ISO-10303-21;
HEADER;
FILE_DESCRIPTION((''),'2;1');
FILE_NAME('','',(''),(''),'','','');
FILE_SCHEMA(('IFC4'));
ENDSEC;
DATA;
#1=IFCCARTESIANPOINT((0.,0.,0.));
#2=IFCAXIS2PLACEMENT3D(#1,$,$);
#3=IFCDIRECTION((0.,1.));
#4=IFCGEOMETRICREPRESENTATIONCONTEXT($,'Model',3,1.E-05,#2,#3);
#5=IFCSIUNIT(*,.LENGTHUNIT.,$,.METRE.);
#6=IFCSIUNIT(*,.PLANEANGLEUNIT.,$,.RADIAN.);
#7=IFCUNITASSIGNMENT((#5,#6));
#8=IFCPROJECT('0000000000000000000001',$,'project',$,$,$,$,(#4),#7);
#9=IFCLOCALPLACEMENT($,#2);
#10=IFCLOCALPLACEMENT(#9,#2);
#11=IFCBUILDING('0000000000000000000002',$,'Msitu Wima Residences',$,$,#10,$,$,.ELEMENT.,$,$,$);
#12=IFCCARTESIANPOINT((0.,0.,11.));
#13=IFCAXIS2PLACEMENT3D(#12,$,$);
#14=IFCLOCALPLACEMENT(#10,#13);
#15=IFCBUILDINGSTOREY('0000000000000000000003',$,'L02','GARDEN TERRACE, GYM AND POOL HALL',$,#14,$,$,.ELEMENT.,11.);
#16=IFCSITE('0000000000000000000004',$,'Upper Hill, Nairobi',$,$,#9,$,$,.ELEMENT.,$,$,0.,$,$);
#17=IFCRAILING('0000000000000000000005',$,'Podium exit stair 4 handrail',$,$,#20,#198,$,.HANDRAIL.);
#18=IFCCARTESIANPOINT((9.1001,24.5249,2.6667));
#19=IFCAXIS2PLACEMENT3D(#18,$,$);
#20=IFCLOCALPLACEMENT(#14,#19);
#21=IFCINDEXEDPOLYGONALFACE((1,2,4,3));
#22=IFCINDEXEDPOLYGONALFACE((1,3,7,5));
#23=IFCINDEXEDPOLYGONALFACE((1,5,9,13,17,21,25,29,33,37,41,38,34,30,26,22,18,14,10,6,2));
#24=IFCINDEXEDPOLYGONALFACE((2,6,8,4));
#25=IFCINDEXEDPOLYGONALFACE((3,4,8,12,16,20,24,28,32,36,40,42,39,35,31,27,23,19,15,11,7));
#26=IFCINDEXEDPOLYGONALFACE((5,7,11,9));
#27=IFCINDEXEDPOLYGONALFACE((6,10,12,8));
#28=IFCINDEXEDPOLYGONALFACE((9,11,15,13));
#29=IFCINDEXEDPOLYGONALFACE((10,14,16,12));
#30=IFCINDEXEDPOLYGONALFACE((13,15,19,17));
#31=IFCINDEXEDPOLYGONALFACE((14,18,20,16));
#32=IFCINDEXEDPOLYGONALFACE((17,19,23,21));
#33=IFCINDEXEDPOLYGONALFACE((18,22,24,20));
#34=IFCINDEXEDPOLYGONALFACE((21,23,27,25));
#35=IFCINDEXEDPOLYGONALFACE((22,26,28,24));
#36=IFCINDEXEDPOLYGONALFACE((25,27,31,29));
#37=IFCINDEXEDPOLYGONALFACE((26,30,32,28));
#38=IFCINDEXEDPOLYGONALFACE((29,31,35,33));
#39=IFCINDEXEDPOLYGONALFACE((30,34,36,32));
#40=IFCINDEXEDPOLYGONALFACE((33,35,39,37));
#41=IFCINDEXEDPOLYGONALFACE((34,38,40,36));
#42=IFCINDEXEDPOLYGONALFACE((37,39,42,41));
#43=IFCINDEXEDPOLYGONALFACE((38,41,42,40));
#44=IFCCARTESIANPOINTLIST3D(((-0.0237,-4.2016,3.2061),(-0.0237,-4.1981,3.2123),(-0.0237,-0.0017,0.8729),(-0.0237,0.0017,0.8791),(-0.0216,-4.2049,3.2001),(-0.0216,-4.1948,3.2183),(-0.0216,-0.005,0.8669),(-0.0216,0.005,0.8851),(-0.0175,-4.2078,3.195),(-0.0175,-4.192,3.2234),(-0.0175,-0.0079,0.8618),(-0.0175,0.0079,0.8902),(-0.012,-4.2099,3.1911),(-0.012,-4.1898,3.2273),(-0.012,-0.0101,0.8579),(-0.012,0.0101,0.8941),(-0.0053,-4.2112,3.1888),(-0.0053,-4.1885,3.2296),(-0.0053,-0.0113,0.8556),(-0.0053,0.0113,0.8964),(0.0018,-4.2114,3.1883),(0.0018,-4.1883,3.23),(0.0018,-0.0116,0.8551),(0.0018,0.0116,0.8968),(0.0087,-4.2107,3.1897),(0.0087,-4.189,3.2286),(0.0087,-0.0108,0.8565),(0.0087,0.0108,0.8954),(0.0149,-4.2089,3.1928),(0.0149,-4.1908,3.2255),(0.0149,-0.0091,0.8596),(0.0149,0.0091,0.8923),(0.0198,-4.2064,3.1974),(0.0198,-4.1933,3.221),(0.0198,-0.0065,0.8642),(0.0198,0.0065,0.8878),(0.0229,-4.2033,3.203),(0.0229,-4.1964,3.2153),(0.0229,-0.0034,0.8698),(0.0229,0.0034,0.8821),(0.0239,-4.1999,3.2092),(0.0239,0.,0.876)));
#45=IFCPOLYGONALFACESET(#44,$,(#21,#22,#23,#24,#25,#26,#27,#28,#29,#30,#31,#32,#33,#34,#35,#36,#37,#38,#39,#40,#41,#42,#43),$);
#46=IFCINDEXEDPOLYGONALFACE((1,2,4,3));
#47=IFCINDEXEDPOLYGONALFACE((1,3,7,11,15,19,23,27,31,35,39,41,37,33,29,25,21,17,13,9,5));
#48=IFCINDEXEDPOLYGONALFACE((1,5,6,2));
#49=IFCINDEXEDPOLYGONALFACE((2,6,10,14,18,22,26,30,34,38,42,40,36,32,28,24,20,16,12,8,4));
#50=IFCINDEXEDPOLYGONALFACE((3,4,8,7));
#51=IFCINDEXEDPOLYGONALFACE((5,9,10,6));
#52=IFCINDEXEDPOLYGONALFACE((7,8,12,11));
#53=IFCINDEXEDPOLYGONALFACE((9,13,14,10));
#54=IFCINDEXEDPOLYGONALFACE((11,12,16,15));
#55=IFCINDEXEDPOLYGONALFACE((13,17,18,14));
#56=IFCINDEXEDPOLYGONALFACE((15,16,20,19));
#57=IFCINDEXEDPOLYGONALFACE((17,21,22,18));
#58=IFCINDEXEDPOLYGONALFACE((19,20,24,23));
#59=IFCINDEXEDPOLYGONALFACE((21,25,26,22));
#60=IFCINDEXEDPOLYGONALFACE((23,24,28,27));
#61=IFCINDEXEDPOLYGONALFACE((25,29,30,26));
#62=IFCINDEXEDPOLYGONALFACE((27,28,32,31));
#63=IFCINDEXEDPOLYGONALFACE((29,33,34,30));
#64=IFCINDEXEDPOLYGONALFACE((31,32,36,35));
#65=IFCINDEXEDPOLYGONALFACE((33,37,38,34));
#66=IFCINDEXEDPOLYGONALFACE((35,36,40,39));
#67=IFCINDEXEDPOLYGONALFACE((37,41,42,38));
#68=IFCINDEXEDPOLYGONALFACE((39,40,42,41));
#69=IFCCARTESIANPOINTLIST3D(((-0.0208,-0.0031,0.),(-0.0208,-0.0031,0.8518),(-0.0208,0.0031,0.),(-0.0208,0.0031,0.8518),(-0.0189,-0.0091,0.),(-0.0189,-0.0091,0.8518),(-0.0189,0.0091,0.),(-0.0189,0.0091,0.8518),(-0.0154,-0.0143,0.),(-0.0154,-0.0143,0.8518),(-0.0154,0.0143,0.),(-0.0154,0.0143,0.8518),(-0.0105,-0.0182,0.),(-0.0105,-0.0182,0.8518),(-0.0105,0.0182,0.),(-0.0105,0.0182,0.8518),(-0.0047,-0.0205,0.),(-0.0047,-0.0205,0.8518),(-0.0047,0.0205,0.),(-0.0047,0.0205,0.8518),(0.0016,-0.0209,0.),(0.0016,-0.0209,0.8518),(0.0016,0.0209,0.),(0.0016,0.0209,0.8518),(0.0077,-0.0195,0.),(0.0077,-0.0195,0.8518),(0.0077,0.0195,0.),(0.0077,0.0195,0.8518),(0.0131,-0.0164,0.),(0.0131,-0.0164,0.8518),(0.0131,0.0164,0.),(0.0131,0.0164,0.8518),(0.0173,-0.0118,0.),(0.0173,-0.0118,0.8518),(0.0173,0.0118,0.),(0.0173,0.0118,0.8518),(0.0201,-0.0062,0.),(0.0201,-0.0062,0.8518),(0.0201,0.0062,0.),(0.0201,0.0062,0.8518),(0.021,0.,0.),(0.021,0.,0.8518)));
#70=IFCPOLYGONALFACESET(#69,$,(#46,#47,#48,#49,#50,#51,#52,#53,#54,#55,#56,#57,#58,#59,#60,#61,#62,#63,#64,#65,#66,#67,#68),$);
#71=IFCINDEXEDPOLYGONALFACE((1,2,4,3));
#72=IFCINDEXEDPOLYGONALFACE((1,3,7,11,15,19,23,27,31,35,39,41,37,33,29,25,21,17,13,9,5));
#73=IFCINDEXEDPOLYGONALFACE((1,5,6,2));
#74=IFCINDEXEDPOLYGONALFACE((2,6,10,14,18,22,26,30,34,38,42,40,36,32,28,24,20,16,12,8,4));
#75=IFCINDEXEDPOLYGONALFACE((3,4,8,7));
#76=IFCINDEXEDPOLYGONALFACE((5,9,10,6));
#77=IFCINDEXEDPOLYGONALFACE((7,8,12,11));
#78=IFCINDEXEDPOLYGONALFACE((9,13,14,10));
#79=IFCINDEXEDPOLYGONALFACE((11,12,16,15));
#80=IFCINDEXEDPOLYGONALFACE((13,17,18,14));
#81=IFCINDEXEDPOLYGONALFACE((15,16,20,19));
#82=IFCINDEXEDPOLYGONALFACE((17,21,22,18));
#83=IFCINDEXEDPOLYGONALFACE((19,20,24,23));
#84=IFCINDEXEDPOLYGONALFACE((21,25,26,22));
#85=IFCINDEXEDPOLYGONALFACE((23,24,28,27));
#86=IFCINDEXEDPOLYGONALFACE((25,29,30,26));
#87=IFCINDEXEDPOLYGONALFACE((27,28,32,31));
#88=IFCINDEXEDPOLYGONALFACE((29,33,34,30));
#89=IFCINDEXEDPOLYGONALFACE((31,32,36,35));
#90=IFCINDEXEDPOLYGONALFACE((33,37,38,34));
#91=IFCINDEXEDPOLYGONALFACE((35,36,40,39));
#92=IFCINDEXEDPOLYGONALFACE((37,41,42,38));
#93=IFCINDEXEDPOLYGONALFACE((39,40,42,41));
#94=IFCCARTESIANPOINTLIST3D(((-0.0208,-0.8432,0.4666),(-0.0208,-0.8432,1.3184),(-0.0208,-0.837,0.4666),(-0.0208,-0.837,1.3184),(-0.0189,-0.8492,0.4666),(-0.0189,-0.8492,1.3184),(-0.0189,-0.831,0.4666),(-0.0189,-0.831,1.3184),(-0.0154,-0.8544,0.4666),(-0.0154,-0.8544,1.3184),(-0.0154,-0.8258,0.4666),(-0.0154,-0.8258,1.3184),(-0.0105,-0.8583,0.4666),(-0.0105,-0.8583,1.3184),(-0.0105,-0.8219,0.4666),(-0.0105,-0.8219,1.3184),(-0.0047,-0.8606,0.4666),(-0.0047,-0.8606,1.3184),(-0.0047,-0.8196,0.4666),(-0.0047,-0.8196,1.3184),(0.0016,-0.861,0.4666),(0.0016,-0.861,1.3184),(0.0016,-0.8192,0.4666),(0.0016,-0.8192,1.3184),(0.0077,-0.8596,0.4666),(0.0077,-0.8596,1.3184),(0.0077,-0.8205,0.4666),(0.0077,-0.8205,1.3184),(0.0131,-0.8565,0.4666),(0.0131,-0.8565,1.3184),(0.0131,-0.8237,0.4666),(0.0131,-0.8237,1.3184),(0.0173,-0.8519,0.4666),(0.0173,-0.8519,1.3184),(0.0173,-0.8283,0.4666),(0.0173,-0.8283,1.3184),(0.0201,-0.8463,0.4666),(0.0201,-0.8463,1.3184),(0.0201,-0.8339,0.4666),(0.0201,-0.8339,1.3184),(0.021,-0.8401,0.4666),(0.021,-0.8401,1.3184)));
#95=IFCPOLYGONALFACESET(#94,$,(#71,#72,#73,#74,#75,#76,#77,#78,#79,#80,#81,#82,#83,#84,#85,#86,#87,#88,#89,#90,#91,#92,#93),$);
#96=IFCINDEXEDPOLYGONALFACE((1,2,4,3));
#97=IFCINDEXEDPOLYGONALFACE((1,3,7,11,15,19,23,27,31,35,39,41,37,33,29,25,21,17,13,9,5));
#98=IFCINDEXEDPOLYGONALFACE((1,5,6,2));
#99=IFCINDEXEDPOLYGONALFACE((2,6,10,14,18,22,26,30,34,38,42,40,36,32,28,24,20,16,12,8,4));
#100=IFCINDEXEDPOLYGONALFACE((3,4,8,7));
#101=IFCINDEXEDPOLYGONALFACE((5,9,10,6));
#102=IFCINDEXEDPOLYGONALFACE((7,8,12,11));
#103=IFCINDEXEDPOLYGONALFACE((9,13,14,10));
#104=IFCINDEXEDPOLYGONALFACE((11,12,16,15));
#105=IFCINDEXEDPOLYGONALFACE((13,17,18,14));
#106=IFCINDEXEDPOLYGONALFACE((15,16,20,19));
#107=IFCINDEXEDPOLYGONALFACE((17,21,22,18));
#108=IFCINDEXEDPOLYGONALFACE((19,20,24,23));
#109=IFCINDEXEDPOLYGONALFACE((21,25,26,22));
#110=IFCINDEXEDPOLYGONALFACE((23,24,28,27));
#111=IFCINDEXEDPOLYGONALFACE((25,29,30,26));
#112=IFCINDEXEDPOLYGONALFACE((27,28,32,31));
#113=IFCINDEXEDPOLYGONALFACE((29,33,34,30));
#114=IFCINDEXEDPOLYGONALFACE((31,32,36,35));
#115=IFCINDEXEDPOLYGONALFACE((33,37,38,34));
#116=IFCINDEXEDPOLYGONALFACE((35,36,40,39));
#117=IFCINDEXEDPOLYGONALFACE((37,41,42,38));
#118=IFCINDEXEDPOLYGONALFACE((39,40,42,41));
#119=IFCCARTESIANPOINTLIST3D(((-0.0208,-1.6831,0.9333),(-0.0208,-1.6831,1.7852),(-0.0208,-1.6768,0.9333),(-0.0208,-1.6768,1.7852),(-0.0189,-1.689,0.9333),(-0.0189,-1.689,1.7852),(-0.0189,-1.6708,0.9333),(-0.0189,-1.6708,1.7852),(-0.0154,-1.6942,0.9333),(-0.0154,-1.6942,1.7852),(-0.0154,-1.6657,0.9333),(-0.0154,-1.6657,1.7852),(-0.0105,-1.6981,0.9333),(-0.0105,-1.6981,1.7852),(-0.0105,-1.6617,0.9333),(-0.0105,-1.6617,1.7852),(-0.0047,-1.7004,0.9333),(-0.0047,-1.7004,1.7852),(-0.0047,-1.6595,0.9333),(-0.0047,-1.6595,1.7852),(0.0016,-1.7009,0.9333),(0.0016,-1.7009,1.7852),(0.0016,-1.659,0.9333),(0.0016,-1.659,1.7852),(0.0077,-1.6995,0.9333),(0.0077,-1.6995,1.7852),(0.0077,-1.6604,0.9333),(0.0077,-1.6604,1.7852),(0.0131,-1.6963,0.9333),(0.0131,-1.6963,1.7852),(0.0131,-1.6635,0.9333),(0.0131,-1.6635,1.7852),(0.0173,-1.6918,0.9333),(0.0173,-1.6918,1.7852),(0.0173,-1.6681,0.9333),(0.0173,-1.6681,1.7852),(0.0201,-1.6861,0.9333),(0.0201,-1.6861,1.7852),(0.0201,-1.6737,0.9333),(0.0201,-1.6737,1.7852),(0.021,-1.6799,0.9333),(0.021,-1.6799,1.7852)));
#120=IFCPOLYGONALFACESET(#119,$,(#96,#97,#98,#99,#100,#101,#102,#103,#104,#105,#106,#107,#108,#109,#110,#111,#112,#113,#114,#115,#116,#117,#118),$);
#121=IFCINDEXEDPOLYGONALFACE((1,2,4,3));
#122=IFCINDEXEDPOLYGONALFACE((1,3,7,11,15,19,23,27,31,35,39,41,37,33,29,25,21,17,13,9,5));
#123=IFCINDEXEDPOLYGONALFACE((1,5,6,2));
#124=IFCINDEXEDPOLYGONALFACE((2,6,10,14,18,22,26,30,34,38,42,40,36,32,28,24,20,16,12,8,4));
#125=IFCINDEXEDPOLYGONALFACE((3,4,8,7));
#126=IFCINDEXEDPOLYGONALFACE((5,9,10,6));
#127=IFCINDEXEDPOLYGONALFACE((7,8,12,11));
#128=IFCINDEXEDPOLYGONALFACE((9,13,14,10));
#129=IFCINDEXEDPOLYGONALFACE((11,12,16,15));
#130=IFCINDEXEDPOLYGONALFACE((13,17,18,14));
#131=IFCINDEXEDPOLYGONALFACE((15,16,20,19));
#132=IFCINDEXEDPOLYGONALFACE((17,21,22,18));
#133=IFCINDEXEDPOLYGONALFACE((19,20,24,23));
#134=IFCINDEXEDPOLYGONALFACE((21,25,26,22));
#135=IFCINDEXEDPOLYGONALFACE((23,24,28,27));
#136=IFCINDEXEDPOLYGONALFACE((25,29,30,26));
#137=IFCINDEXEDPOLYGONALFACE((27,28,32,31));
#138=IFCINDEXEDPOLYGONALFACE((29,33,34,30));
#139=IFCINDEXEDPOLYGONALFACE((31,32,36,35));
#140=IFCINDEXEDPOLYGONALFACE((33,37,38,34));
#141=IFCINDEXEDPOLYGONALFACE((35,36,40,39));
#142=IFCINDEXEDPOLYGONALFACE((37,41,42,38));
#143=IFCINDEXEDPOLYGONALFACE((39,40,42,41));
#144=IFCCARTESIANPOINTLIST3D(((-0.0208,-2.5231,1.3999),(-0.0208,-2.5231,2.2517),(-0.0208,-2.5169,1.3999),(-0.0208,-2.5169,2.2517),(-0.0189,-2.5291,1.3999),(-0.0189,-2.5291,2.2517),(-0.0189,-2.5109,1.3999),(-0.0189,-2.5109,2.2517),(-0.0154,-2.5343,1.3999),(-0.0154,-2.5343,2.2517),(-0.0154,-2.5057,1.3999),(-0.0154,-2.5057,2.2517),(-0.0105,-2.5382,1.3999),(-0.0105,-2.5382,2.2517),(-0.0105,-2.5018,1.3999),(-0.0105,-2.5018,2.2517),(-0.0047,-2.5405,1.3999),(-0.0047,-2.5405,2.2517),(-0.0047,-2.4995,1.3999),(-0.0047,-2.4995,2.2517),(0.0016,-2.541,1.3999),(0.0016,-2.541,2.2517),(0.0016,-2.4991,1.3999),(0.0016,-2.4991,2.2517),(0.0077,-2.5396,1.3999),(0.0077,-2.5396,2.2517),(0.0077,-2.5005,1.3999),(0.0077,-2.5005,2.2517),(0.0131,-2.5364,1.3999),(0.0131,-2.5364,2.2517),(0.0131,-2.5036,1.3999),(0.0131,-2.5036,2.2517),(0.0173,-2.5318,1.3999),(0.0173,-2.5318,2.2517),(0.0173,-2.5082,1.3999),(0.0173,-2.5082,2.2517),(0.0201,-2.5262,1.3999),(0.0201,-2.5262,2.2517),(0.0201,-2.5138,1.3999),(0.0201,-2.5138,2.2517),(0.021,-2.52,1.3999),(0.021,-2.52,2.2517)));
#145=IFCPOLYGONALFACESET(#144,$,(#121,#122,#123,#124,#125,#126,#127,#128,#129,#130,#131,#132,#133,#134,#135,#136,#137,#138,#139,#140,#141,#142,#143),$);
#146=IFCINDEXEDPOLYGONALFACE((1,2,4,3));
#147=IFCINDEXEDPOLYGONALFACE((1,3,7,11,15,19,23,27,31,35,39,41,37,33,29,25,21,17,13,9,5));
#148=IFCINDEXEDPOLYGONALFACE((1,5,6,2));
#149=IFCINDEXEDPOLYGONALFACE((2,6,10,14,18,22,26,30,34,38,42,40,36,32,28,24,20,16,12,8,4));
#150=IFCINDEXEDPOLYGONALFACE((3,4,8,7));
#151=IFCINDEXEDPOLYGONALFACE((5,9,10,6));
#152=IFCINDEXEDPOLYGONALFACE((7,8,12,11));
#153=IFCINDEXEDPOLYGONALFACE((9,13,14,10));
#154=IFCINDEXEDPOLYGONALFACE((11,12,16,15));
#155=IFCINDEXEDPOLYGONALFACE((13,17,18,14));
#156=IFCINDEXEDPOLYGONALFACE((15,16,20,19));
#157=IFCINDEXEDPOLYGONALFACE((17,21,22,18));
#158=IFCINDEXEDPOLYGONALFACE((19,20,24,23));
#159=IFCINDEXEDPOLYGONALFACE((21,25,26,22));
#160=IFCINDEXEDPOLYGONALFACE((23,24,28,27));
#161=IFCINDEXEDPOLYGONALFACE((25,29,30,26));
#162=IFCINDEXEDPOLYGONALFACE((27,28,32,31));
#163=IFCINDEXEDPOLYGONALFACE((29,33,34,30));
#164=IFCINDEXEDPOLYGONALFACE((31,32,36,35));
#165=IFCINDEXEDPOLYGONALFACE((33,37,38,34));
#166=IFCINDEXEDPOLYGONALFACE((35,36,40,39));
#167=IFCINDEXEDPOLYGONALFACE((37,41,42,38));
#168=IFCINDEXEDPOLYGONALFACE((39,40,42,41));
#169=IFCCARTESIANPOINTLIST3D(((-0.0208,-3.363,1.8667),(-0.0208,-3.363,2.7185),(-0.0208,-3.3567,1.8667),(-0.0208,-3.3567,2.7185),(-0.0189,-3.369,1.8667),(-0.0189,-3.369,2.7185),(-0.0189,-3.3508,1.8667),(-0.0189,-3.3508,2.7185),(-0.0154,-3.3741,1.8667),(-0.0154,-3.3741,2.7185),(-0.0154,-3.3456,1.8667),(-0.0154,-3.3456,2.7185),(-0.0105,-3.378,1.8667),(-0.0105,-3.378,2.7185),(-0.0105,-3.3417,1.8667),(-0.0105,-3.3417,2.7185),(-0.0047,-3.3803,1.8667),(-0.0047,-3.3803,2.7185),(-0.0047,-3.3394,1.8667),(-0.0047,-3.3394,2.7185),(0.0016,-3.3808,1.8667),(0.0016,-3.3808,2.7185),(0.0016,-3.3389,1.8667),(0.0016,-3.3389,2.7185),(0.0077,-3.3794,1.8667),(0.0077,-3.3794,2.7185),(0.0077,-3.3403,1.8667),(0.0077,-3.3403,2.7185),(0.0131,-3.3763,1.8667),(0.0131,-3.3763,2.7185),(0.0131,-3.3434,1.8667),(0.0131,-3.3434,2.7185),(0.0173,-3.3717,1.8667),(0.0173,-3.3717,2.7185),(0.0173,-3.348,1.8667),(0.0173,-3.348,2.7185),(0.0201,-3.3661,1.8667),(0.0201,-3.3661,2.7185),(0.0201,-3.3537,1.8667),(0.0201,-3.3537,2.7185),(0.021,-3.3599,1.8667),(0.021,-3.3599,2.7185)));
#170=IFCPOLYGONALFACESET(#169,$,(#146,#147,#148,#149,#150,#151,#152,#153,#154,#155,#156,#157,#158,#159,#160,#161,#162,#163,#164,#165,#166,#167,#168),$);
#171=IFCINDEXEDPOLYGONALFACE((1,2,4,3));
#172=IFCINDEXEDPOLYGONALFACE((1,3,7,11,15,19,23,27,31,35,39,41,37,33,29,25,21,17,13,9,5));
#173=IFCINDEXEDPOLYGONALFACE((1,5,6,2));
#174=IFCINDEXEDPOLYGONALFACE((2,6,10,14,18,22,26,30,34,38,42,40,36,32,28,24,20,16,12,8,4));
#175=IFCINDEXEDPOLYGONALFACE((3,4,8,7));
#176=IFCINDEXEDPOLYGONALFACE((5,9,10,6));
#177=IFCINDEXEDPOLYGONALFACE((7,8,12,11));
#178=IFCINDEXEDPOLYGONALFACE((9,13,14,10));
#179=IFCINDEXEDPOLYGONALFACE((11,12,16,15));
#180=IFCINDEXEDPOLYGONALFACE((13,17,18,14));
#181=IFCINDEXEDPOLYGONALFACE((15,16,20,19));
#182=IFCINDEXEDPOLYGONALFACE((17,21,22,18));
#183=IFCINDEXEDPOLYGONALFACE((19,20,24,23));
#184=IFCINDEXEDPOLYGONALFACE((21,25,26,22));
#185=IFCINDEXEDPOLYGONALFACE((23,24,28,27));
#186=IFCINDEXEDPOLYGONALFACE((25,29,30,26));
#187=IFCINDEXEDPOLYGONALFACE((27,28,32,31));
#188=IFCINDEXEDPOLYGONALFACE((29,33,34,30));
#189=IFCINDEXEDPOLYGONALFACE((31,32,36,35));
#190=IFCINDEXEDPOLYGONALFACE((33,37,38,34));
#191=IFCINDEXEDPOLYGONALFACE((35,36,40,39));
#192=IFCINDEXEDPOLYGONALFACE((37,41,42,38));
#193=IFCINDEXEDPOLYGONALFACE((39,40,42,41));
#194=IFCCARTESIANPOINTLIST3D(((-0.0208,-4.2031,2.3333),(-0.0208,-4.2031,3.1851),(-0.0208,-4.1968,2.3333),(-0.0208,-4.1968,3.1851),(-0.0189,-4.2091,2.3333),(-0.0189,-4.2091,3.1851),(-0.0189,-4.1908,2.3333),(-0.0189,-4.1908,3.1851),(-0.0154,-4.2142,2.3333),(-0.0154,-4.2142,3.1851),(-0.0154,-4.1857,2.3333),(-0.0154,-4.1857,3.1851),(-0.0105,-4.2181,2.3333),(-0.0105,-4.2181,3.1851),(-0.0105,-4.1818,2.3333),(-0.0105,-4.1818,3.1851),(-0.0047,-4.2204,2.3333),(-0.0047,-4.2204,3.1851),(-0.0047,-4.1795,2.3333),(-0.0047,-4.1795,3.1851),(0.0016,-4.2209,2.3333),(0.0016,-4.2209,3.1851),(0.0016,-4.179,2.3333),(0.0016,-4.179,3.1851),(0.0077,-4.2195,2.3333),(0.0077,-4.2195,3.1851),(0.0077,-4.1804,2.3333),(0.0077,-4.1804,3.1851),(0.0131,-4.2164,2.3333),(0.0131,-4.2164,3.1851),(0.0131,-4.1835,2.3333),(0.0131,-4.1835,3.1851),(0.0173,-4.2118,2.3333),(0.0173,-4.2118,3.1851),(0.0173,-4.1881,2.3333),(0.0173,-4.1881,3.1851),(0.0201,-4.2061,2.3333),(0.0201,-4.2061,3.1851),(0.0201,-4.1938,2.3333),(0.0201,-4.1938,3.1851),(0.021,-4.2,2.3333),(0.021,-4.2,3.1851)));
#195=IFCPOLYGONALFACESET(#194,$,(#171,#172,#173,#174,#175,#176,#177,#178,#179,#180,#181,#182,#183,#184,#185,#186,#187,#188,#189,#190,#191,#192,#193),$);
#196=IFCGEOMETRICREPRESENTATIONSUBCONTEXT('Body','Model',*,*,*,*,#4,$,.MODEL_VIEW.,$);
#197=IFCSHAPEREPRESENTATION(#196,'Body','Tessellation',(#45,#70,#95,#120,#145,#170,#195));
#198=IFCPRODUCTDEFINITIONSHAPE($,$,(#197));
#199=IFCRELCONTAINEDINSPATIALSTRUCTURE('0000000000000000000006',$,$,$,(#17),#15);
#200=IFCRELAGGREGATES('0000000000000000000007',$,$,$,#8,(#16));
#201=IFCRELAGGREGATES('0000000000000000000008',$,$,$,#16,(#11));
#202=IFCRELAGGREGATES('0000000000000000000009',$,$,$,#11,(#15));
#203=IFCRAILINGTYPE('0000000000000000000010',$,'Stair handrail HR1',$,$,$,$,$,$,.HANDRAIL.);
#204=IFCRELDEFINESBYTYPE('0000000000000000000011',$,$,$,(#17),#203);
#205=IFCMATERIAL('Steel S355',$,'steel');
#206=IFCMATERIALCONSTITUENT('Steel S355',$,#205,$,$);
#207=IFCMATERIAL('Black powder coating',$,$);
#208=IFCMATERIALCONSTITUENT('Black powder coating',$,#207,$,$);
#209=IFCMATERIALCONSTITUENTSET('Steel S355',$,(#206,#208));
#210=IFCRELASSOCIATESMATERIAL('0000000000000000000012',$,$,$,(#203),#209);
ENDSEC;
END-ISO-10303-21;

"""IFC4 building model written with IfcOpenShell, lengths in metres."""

from ifc_helpers import new_model, si_unit, direction, frame, origin, origin_2d, place, context, subcontext, project, spatial, circle, extrude, material, constituent, constituent_set, type_object, element, save


model = new_model("IFC4")

# Units and contexts
model_context = context("Model", 3, precision=1e-05, world=origin(), true_north=direction((0.0, 1.0)))
body_context = subcontext(model_context, "Body", "Model", "MODEL_VIEW")
ifc_project = project(units=[si_unit("LENGTHUNIT", "METRE"), si_unit("PLANEANGLEUNIT", "RADIAN")], contexts=[model_context])

# Site, building, storey
site_placement = place(None, origin())
site = spatial("IfcSite", under=ifc_project, at=site_placement, Name="Upper Hill, Nairobi", CompositionType="ELEMENT", RefElevation=0.0)
building_placement = place(site_placement, origin())
building = spatial("IfcBuilding", under=site, at=building_placement, Name="Msitu Wima Residences", CompositionType="ELEMENT")
storey_placement = place(building_placement, frame((0.0, 0.0, 11.0)))
storey = spatial("IfcBuildingStorey", under=building, at=storey_placement, Name="L02", Description="GARDEN TERRACE, GYM AND POOL HALL", CompositionType="ELEMENT", Elevation=11.0)

# Railing
ifc_material_1 = material(Name="Steel S355", Category="steel")
ifc_constituent_1 = constituent(ifc_material_1, Name="Steel S355")
ifc_material_2 = material(Name="Black powder coating")
ifc_constituent_2 = constituent(ifc_material_2, Name="Black powder coating")
ifc_constituent_set = constituent_set(constituents=[ifc_constituent_1, ifc_constituent_2], Name="Steel S355")
railing_type = type_object("IfcRailingType", Name="Stair handrail HR1", PredefinedType="HANDRAIL", material=ifc_constituent_set)
railing_1_placement = place(storey_placement, frame((9.1001, 24.5249, 2.6667)))
element("IfcRailing", 1, at=railing_1_placement, inside=storey, type_object=railing_type, Name="Podium exit stair 4 handrail", PredefinedType="HANDRAIL", context=body_context, shape_type="SweptSolid", body=[
    extrude(circle(Radius=0.0239, at=origin_2d()), frame((0.0, 0.0, 0.876), z_axis=(0.0, -0.874162, 0.485634), x_axis=(1.0, 0.0, 0.0)), (0.0, 0.0, 1.0), 4.8044),
    extrude(circle(Radius=0.021, at=origin_2d()), origin(), (0.0, 0.0, 1.0), 0.8518),
    extrude(circle(Radius=0.021, at=origin_2d()), frame((0.0, -0.8401, 0.4666)), (0.0, 0.0, 1.0), 0.8518),
    extrude(circle(Radius=0.021, at=origin_2d()), frame((0.0, -1.6799, 0.9333)), (0.0, 0.0, 1.0), 0.8518),
    extrude(circle(Radius=0.021, at=origin_2d()), frame((0.0, -2.52, 1.3999)), (0.0, 0.0, 1.0), 0.8518),
    extrude(circle(Radius=0.021, at=origin_2d()), frame((0.0, -3.3599, 1.8667)), (0.0, 0.0, 1.0), 0.8518),
    extrude(circle(Radius=0.021, at=origin_2d()), frame((0.0, -4.2, 2.3333)), (0.0, 0.0, 1.0), 0.8518),
])

save(model, "model.ifc")
